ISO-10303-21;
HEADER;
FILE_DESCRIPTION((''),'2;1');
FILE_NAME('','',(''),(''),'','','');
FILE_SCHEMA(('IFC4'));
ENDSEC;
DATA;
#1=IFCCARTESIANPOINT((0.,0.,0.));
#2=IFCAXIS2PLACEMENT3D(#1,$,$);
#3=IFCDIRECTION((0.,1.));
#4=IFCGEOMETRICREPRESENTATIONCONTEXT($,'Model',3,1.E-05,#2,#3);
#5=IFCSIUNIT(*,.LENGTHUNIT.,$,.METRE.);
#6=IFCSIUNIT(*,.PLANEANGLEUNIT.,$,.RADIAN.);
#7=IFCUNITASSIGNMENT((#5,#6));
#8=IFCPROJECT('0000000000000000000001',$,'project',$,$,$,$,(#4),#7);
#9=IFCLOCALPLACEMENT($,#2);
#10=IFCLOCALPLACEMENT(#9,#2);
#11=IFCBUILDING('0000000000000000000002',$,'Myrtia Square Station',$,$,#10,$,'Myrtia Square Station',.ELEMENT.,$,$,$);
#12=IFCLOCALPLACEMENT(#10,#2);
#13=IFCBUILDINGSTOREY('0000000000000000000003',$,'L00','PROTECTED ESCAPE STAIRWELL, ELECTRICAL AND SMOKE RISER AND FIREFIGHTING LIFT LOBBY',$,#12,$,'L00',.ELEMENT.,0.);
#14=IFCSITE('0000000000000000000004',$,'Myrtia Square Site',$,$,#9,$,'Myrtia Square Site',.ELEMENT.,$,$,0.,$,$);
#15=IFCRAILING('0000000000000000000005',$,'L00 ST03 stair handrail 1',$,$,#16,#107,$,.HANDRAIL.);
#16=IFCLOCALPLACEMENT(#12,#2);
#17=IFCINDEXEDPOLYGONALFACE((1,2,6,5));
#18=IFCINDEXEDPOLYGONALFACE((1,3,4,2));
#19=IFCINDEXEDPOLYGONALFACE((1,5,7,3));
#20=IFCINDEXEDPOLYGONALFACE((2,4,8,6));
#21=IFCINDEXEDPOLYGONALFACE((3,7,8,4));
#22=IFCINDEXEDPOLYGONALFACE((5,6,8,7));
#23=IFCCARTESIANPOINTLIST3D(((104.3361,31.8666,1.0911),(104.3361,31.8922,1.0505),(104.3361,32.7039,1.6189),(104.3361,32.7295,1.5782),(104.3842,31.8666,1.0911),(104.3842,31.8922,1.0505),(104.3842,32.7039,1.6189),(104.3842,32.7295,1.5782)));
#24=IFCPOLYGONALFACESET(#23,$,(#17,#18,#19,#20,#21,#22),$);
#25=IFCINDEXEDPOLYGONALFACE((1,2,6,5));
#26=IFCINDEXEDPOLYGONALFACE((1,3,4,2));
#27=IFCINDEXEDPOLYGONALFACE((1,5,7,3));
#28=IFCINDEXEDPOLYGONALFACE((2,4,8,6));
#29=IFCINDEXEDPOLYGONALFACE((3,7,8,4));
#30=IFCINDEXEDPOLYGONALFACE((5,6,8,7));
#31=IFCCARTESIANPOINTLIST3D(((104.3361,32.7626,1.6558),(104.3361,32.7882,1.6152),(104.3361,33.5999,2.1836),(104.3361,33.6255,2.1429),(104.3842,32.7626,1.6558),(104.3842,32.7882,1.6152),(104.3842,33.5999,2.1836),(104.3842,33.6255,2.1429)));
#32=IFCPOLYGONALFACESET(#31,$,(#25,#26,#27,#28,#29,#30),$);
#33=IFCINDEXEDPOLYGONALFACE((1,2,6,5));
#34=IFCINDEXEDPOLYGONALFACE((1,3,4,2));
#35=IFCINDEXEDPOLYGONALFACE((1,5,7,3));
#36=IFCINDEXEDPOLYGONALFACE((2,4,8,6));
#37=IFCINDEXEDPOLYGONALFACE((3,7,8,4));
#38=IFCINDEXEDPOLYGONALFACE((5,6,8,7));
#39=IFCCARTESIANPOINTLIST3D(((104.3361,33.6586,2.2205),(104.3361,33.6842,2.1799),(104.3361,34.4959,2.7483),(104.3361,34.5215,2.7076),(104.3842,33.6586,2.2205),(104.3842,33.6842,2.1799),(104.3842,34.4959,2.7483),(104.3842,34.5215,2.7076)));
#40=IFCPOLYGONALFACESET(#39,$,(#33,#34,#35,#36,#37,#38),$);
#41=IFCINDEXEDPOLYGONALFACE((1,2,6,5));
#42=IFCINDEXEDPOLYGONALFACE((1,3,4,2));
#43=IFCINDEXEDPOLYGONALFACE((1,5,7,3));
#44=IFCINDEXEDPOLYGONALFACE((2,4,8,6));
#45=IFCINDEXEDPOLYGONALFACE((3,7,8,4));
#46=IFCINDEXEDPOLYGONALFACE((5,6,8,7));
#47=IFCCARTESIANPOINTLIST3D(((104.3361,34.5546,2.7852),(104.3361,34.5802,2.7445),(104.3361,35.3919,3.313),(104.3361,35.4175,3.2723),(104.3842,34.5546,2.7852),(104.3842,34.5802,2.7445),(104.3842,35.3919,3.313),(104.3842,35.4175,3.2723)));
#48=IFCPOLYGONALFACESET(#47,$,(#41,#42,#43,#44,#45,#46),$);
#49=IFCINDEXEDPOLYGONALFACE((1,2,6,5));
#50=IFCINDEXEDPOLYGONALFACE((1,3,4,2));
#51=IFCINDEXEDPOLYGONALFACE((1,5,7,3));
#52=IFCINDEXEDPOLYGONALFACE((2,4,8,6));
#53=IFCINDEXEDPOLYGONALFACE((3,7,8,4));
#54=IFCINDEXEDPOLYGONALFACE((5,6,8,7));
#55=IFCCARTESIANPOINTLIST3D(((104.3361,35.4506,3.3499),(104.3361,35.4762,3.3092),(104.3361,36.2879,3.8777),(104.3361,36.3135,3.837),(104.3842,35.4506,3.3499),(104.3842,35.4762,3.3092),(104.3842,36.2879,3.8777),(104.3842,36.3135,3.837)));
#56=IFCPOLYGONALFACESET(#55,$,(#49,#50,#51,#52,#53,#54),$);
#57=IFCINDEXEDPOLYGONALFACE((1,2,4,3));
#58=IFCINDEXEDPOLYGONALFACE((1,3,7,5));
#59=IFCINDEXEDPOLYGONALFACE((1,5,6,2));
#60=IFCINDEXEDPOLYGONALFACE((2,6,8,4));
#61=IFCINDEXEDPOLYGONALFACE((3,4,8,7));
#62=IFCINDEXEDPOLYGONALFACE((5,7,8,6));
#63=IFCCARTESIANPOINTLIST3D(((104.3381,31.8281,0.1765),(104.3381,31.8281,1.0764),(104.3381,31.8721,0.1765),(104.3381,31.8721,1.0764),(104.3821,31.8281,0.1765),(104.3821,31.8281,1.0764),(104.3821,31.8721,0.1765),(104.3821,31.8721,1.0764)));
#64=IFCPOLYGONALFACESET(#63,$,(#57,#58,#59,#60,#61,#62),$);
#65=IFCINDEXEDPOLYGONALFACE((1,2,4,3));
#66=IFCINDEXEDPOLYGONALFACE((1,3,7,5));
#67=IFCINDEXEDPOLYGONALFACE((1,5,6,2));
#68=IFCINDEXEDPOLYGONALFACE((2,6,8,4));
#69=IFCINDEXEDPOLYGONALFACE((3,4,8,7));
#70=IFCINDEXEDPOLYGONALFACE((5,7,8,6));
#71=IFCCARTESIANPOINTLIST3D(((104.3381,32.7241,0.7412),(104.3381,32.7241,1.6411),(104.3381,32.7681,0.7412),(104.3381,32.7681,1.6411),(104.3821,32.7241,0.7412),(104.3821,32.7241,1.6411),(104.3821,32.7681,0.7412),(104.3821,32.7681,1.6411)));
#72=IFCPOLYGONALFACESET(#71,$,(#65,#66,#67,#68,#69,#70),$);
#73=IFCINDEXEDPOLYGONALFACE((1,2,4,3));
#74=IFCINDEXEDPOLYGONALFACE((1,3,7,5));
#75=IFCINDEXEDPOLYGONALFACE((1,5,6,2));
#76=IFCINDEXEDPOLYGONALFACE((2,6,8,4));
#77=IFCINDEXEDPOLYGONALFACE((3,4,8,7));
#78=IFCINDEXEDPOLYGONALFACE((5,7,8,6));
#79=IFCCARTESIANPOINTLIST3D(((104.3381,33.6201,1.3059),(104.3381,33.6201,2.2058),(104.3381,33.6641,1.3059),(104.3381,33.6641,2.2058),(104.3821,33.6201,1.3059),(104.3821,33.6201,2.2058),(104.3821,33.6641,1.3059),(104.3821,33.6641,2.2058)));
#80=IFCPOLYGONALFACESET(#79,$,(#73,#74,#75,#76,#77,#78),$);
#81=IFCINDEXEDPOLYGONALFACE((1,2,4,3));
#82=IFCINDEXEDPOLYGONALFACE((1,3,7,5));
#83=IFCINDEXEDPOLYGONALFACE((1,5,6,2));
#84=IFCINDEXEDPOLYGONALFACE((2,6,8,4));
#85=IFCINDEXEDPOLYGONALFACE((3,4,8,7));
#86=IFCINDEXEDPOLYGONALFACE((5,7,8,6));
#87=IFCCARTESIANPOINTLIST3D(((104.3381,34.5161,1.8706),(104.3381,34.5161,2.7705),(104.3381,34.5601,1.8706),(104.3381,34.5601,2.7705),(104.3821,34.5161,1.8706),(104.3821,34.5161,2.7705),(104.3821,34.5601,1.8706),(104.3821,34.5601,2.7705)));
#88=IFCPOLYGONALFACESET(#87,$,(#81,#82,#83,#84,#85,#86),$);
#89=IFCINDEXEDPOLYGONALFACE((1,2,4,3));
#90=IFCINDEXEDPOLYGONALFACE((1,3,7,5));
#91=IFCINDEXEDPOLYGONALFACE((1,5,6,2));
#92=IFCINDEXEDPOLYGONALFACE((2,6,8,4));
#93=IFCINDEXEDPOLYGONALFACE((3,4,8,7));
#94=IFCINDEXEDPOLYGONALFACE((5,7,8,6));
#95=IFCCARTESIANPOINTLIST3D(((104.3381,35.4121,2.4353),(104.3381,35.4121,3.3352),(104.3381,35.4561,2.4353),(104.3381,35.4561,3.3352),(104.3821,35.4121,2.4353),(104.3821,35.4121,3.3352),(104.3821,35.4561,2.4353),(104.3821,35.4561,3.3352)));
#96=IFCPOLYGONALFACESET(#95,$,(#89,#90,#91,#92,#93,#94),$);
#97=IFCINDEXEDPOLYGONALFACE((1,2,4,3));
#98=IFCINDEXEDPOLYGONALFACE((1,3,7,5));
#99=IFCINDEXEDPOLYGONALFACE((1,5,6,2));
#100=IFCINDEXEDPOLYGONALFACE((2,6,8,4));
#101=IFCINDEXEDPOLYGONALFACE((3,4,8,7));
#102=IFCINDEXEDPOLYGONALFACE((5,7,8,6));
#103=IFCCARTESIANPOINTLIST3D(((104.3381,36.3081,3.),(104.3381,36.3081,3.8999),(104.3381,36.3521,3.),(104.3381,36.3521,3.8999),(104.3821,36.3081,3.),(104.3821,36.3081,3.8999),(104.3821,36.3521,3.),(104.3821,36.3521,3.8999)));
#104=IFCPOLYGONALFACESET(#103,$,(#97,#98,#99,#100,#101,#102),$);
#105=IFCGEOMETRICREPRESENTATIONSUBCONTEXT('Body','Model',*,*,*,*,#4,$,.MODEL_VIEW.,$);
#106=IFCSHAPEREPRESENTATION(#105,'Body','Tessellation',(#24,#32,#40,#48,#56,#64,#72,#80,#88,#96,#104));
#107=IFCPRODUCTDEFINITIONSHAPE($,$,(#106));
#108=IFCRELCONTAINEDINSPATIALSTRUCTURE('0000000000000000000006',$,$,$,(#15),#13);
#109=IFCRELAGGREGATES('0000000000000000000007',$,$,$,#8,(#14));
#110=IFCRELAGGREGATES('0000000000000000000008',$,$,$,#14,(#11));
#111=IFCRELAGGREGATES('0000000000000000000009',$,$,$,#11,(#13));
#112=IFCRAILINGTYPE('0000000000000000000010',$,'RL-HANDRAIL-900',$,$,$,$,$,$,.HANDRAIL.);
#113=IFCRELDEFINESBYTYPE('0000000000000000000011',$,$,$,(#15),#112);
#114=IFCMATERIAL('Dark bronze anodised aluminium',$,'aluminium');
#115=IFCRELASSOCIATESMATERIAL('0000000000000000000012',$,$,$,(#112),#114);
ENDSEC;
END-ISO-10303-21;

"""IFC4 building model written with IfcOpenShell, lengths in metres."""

from ifc_helpers import new_model, si_unit, direction, frame, origin, origin_2d, place, context, subcontext, project, spatial, rectangle, extrude, material, type_object, element, save


model = new_model("IFC4")

# Units and contexts
model_context = context("Model", 3, precision=1e-05, world=origin(), true_north=direction((0.0, 1.0)))
body_context = subcontext(model_context, "Body", "Model", "MODEL_VIEW")
ifc_project = project(units=[si_unit("LENGTHUNIT", "METRE"), si_unit("PLANEANGLEUNIT", "RADIAN")], contexts=[model_context])

# Site, building, storey
site_placement = place(None, origin())
site = spatial("IfcSite", under=ifc_project, at=site_placement, Name="Myrtia Square Site", LongName="Myrtia Square Site", CompositionType="ELEMENT", RefElevation=0.0)
building_placement = place(site_placement, origin())
building = spatial("IfcBuilding", under=site, at=building_placement, Name="Myrtia Square Station", LongName="Myrtia Square Station", CompositionType="ELEMENT")
storey_placement = place(building_placement, origin())
storey = spatial("IfcBuildingStorey", under=building, at=storey_placement, Name="L00", Description="PROTECTED ESCAPE STAIRWELL, ELECTRICAL AND SMOKE RISER AND FIREFIGHTING LIFT LOBBY", LongName="L00", CompositionType="ELEMENT", Elevation=0.0)

# Shared definitions
ifc_material_1 = material(Name="Dark bronze anodised aluminium", Category="aluminium")

# Railing
railing_type_1 = type_object("IfcRailingType", Name="RL-HANDRAIL-900", PredefinedType="HANDRAIL", material=ifc_material_1)
railing_1_placement = place(storey_placement, frame((104.3601, 31.8501, 0.1765)))
element("IfcRailing", 1, at=railing_1_placement, inside=storey, type_object=railing_type_1, Name="L00 ST03 stair handrail 1", PredefinedType="HANDRAIL", context=body_context, shape_type="SweptSolid", body=[
    extrude(rectangle(XDim=0.0481, YDim=0.0481, at=origin_2d()), frame((0.0, 0.0293, 0.8943), z_axis=(0.0, 0.845998, 0.533186), x_axis=(-1.0, 0.0, 0.0)), (0.0, 0.0, 1.0), 0.9897),
    extrude(rectangle(XDim=0.0481, YDim=0.0481, at=origin_2d()), frame((0.0, 0.9253, 1.459), z_axis=(0.0, 0.845998, 0.533186), x_axis=(-1.0, 0.0, 0.0)), (0.0, 0.0, 1.0), 0.9897),
    extrude(rectangle(XDim=0.0481, YDim=0.0481, at=origin_2d()), frame((0.0, 1.8213, 2.0237), z_axis=(0.0, 0.845998, 0.533186), x_axis=(-1.0, 0.0, 0.0)), (0.0, 0.0, 1.0), 0.9897),
    extrude(rectangle(XDim=0.0481, YDim=0.0481, at=origin_2d()), frame((0.0, 2.7173, 2.5884), z_axis=(0.0, 0.845998, 0.533186), x_axis=(-1.0, 0.0, 0.0)), (0.0, 0.0, 1.0), 0.9897),
    extrude(rectangle(XDim=0.0481, YDim=0.0481, at=origin_2d()), frame((0.0, 3.6133, 3.1531), z_axis=(0.0, 0.845998, 0.533186), x_axis=(-1.0, 0.0, 0.0)), (0.0, 0.0, 1.0), 0.9897),
    extrude(rectangle(XDim=0.0439, YDim=0.0439, at=origin_2d()), origin(), (0.0, 0.0, 1.0), 0.8999),
    extrude(rectangle(XDim=0.0439, YDim=0.0439, at=origin_2d()), frame((0.0, 0.896, 0.5647)), (0.0, 0.0, 1.0), 0.8999),
    extrude(rectangle(XDim=0.0439, YDim=0.0439, at=origin_2d()), frame((0.0, 1.792, 1.1294)), (0.0, 0.0, 1.0), 0.8999),
    extrude(rectangle(XDim=0.0439, YDim=0.0439, at=origin_2d()), frame((0.0, 2.688, 1.6941)), (0.0, 0.0, 1.0), 0.8999),
    extrude(rectangle(XDim=0.0439, YDim=0.0439, at=origin_2d()), frame((0.0, 3.584, 2.2588)), (0.0, 0.0, 1.0), 0.8999),
    extrude(rectangle(XDim=0.0439, YDim=0.0439, at=origin_2d()), frame((0.0, 4.48, 2.8235)), (0.0, 0.0, 1.0), 0.8999),
])

save(model, "model.ifc")
